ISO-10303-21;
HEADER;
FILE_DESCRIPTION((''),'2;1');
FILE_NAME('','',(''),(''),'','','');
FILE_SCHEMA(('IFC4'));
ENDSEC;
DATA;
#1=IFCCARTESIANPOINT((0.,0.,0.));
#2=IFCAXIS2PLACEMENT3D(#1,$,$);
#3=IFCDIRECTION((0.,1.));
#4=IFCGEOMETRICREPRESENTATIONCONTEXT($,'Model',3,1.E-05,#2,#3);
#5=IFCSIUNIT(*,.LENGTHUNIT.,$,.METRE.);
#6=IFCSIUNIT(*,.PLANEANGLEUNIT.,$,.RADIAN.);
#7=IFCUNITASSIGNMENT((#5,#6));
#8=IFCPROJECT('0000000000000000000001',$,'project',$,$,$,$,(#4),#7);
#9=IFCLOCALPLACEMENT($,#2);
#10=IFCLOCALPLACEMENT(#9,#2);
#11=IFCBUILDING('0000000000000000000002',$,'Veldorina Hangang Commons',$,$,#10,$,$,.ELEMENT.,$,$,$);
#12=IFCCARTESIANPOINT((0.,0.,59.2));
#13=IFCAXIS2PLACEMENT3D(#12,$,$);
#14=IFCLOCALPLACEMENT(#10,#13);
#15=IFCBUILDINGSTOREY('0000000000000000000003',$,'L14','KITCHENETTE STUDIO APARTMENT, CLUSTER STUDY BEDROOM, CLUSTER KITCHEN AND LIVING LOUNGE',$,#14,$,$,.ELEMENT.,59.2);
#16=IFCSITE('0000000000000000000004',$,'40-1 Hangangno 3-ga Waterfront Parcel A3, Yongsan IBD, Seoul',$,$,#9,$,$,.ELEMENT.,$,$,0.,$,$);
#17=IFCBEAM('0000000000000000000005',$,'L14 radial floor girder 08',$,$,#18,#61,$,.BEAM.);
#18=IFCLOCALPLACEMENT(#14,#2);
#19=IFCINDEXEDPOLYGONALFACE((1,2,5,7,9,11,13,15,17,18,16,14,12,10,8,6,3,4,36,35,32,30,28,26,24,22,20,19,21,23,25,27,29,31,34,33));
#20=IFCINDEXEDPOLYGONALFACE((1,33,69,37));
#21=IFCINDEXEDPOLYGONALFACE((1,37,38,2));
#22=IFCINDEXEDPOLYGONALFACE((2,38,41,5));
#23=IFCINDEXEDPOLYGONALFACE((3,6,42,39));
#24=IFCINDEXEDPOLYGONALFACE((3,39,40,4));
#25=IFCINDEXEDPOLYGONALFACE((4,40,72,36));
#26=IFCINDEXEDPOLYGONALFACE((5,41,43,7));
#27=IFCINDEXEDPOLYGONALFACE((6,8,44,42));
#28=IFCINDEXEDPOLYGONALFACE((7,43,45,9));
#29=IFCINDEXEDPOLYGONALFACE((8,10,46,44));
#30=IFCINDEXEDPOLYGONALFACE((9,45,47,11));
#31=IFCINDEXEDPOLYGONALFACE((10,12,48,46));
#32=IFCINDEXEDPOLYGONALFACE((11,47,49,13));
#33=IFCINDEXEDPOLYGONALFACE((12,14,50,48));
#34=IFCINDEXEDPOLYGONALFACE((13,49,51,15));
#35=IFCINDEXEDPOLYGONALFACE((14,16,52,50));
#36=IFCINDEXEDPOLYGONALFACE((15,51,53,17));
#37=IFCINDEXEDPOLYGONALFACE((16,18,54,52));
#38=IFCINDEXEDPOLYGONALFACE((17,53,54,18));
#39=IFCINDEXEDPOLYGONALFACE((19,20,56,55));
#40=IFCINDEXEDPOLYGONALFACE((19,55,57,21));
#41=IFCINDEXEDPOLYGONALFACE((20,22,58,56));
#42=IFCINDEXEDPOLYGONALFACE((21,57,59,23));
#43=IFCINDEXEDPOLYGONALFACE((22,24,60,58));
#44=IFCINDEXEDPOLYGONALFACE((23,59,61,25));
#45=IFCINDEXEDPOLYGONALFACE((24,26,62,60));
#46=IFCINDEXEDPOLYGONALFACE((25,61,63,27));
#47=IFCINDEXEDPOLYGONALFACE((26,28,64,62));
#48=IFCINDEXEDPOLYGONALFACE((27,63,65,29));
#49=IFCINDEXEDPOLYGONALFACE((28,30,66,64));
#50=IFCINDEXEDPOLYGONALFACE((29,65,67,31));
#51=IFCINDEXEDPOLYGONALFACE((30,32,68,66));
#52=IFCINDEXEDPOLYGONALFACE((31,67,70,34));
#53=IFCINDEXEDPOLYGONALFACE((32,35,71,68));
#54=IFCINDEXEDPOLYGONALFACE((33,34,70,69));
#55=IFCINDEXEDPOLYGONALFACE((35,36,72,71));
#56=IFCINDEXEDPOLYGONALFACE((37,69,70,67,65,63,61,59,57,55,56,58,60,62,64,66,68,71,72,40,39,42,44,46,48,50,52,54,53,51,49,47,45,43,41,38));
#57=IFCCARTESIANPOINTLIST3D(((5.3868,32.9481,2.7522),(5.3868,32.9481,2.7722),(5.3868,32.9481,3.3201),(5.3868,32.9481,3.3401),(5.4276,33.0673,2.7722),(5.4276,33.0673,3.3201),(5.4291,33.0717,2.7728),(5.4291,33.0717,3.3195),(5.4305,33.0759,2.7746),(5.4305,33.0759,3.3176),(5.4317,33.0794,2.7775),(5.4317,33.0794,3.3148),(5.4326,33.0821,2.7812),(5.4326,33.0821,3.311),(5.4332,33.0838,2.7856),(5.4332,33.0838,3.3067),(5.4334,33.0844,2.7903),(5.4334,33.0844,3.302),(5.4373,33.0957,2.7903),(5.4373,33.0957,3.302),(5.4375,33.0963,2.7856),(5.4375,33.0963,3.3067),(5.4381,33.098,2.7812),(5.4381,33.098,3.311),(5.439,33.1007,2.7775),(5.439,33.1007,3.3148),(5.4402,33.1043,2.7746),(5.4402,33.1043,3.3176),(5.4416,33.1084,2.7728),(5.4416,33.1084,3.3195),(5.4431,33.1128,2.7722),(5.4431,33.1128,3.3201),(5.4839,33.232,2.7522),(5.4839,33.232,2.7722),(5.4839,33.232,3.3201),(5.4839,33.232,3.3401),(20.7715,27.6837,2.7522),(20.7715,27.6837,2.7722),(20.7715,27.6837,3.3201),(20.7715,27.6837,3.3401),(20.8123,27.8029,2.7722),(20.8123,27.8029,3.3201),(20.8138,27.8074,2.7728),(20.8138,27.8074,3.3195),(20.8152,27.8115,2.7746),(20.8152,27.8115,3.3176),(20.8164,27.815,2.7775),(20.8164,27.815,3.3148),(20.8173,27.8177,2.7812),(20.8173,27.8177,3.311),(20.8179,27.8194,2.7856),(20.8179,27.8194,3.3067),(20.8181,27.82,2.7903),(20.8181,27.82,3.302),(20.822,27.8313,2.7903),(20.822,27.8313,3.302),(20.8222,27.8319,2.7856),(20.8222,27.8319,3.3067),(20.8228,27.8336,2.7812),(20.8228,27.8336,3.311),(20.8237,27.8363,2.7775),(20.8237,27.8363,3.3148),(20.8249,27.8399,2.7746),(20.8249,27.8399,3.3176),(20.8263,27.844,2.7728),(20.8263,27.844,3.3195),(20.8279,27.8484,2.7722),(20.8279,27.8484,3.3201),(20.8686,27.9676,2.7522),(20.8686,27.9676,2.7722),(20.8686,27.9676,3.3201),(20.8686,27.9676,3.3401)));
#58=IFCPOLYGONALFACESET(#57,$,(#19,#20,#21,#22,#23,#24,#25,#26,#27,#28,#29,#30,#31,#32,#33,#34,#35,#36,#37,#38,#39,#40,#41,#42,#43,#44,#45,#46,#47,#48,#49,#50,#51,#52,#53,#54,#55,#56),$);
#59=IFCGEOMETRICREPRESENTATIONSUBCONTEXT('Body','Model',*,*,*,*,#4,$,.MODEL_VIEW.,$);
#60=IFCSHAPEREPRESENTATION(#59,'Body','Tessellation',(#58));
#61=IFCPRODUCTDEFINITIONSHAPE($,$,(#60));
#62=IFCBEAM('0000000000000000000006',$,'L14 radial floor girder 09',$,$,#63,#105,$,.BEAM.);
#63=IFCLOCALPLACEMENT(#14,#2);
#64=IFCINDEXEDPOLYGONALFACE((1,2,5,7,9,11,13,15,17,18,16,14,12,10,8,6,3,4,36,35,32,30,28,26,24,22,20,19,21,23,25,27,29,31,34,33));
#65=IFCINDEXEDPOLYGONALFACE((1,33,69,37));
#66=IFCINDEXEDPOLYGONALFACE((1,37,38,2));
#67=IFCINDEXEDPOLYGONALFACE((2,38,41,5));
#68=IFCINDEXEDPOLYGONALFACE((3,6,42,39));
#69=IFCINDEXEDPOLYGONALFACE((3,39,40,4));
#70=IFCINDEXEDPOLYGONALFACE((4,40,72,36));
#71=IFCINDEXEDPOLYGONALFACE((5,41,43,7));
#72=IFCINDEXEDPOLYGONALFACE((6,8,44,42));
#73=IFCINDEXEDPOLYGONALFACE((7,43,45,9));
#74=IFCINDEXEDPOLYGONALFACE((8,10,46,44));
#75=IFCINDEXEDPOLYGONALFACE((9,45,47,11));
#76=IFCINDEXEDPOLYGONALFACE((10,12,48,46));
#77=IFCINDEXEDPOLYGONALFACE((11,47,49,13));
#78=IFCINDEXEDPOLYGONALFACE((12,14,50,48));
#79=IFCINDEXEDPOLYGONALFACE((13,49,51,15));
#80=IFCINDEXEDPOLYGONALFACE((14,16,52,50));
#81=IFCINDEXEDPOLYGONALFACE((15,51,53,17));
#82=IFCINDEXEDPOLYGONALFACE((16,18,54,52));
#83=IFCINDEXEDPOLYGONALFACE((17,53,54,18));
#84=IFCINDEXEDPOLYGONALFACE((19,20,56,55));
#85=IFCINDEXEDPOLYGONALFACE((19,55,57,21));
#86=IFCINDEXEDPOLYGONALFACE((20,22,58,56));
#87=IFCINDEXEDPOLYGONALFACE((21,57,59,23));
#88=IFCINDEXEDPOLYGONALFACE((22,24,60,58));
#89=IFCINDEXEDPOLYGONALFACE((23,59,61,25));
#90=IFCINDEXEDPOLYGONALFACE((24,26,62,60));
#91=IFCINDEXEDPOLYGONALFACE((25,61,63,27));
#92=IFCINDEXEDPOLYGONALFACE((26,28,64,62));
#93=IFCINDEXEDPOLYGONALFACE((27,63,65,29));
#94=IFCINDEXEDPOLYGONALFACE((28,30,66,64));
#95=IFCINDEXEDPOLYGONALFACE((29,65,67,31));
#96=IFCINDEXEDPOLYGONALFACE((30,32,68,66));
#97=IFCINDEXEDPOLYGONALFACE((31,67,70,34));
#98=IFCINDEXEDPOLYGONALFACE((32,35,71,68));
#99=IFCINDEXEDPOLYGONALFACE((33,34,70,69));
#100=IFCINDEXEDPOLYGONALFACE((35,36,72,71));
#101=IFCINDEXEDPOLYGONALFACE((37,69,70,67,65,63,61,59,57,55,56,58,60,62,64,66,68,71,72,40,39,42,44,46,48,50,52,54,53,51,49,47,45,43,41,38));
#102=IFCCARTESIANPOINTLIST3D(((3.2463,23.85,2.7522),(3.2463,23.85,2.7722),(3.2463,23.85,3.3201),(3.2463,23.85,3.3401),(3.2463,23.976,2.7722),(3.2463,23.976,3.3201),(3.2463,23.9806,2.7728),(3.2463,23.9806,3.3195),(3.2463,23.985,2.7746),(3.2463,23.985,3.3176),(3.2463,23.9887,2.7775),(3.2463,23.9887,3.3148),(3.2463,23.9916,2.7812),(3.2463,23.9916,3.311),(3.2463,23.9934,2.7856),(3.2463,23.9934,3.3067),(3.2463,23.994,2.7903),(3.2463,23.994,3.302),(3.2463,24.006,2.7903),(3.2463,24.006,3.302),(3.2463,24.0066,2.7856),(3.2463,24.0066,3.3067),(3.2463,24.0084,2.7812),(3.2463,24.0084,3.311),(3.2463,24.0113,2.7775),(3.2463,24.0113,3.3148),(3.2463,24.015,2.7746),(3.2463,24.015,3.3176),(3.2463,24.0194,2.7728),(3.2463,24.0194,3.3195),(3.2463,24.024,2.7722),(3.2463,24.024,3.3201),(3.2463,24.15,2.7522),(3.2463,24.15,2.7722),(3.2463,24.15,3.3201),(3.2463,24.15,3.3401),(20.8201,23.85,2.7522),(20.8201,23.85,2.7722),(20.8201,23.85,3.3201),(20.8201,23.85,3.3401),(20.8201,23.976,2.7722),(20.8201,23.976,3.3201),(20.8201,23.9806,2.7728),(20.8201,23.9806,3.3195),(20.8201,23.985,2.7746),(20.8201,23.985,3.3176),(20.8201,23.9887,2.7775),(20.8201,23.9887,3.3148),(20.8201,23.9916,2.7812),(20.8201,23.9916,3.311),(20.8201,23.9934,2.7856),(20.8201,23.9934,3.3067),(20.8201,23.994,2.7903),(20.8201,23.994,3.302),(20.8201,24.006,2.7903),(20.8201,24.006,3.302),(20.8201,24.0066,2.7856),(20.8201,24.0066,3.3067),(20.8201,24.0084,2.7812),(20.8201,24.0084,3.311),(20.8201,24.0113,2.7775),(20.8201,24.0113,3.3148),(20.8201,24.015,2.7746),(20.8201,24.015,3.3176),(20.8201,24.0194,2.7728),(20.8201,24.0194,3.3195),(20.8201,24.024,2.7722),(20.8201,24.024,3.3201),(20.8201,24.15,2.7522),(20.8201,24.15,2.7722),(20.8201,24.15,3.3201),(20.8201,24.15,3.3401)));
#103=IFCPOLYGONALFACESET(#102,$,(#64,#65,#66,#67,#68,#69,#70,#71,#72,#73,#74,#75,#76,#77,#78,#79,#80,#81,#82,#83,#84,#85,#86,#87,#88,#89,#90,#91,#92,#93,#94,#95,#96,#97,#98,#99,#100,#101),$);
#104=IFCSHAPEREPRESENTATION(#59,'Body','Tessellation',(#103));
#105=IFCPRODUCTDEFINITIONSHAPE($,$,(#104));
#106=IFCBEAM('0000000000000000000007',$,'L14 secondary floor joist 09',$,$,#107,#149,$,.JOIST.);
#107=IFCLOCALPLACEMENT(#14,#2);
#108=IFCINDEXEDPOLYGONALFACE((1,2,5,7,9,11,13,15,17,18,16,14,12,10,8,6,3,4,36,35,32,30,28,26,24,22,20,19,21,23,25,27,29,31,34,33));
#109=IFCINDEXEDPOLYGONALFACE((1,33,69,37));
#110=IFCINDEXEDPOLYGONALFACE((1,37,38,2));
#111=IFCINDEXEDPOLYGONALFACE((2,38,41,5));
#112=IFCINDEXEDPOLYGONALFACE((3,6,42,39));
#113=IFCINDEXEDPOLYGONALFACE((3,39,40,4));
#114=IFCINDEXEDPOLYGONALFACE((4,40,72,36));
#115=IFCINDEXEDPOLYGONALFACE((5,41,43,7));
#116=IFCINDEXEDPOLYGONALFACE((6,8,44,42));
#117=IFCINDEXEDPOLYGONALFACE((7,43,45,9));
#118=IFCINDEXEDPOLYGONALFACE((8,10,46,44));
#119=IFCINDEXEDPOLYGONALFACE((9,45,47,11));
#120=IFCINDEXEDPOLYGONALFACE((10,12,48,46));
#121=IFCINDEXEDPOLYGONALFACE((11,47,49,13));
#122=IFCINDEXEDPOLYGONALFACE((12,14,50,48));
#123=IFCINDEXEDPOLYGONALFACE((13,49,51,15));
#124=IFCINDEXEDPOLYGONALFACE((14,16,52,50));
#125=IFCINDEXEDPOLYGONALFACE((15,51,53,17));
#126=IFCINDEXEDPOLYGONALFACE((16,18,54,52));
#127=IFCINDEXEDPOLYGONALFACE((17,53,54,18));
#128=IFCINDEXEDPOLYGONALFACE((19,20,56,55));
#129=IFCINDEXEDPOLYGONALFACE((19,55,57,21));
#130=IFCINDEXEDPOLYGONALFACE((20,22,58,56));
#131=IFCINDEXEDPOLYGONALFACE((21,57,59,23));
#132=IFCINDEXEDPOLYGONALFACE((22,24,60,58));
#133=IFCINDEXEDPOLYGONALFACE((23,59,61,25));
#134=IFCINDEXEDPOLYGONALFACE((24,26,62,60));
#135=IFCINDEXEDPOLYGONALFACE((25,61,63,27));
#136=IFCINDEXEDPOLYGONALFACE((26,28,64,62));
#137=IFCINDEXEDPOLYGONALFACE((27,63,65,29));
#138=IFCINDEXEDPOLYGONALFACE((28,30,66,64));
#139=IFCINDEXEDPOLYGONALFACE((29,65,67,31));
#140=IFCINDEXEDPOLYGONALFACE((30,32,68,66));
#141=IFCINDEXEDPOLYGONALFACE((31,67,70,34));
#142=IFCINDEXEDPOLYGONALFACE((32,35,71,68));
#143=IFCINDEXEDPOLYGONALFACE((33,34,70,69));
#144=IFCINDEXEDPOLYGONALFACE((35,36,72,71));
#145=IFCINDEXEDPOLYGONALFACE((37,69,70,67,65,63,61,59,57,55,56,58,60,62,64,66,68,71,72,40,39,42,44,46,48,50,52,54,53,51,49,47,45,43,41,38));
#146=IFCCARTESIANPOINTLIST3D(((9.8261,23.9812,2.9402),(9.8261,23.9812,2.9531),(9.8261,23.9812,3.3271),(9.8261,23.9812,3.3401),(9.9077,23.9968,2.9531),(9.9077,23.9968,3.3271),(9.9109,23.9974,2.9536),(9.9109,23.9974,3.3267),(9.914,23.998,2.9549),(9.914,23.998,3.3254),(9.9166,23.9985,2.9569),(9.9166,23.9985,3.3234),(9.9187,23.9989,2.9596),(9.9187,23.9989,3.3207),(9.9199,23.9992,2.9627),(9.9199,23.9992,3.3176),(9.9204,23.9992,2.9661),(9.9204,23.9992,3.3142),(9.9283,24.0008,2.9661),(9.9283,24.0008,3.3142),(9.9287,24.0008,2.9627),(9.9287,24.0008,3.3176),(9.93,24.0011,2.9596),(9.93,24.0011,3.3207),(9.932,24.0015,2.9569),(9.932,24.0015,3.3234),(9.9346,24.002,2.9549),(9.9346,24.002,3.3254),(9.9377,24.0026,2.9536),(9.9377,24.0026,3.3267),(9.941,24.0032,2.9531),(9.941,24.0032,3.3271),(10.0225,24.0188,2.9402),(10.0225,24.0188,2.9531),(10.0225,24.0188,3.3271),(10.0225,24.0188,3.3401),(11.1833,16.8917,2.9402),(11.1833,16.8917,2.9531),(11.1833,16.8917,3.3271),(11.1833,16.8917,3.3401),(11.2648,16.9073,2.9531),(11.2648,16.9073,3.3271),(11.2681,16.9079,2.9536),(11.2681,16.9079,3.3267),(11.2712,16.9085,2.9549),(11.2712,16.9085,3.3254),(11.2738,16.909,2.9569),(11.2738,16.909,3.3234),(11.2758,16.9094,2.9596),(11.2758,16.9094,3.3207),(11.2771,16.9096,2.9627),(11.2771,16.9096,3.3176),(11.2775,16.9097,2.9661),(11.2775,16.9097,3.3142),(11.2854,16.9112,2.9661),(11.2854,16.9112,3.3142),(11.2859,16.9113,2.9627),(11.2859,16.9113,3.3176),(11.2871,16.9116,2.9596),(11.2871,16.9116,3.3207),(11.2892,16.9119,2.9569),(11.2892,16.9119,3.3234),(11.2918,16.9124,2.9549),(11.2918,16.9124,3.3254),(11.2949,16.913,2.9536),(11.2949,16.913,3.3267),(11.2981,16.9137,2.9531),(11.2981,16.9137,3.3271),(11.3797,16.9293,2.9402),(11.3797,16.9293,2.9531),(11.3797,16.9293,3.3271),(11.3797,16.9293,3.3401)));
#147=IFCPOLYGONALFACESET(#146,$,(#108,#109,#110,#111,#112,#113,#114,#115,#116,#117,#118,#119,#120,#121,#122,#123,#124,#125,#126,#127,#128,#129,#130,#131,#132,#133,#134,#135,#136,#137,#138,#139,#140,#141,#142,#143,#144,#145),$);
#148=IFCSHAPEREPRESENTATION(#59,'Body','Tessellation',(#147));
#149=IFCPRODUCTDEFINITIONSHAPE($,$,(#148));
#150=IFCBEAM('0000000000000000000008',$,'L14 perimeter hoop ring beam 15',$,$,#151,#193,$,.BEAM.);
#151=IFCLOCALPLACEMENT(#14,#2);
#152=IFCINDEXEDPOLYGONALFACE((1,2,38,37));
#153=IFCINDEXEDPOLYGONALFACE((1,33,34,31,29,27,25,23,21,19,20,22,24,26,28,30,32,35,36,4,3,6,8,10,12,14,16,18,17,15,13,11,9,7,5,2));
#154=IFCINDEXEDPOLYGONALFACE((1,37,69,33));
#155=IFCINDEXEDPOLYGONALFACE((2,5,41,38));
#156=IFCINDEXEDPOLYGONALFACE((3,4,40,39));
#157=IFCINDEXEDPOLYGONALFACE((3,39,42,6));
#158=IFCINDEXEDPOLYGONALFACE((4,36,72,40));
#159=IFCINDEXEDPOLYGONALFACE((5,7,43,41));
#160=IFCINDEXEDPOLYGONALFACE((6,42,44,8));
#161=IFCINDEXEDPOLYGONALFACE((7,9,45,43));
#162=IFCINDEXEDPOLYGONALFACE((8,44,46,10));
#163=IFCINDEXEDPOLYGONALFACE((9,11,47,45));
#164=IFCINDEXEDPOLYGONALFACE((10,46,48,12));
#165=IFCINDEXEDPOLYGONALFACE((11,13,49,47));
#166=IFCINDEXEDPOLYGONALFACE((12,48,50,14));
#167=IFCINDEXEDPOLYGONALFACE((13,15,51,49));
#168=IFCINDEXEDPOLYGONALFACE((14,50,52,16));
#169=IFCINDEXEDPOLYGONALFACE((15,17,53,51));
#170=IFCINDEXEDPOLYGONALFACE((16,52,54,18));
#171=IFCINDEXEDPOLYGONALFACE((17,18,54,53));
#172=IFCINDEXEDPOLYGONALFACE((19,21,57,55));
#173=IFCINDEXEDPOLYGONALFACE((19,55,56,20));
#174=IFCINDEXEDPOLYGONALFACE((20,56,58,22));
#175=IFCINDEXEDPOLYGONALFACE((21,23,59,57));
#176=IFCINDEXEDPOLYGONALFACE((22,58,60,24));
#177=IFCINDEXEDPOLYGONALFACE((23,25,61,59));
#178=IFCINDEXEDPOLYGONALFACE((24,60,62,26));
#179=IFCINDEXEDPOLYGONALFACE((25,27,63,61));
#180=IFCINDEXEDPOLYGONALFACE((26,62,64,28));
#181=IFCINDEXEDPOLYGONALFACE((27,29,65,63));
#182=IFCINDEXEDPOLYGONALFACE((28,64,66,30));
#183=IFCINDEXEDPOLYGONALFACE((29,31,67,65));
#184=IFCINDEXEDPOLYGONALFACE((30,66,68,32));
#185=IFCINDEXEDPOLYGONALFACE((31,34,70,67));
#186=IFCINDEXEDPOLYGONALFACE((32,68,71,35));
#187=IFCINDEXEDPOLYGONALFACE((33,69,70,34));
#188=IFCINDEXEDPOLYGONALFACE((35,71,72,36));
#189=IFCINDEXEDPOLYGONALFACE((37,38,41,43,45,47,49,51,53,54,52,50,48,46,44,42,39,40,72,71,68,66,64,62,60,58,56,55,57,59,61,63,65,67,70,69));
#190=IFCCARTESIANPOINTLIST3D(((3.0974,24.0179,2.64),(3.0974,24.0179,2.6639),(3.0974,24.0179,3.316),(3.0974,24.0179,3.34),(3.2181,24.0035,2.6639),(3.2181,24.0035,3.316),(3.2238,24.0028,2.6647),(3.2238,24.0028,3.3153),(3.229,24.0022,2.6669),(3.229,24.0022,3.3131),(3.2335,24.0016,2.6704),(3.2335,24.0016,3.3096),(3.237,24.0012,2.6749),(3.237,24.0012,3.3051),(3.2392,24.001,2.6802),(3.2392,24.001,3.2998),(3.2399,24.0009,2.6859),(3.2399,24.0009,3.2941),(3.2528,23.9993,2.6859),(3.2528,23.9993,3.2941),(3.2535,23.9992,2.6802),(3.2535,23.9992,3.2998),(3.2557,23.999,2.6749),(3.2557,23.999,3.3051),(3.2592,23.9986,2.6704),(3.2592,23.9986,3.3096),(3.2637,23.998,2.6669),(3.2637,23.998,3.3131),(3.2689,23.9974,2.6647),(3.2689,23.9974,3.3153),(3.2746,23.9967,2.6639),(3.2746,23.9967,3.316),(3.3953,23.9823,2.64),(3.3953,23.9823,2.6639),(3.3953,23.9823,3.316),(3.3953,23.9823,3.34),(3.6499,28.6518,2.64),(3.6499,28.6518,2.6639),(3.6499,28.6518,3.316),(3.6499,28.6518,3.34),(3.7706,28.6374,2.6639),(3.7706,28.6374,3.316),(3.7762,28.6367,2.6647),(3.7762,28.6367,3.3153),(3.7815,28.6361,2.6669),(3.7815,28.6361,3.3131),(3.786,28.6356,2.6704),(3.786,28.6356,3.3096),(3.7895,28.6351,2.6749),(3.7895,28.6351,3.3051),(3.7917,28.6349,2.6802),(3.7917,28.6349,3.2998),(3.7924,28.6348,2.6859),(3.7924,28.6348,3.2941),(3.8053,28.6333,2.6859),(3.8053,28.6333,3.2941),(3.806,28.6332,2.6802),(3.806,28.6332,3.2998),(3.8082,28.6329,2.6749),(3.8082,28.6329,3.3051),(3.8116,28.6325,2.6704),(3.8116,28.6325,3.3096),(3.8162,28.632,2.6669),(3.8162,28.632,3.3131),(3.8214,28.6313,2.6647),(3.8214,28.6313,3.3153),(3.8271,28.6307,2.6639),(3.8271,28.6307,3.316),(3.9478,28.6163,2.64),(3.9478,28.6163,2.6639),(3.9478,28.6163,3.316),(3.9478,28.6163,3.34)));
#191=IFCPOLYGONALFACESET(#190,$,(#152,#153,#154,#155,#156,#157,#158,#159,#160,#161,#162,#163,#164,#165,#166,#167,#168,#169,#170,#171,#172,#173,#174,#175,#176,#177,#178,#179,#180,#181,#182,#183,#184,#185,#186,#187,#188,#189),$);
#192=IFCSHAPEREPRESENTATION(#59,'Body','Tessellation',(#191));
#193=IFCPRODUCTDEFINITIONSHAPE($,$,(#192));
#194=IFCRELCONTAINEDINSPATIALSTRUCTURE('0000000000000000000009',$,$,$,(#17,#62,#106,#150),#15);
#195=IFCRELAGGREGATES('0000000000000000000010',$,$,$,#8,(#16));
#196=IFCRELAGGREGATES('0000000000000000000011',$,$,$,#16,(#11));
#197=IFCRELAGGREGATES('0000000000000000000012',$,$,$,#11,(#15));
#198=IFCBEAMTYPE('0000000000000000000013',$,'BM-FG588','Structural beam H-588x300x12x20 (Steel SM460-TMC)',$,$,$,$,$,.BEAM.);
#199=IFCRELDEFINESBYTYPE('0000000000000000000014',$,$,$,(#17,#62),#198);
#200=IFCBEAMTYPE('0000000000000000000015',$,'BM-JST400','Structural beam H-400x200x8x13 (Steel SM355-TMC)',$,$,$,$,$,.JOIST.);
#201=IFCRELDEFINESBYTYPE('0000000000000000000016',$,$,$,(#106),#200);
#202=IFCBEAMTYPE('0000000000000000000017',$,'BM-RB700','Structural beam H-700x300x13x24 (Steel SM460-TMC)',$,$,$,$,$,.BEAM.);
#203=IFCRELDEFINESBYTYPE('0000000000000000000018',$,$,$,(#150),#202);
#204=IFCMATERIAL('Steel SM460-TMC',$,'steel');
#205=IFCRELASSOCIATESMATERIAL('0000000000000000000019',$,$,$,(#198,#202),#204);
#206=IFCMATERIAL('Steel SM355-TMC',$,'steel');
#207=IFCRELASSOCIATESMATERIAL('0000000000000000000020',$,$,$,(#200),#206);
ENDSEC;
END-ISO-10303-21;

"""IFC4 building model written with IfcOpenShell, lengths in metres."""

from ifc_helpers import new_model, si_unit, direction, frame, origin, origin_2d, place, context, subcontext, project, spatial, i_section, extrude, material, material_profile, profile_set, type_object, element, save


model = new_model("IFC4")

# Units and contexts
model_context = context("Model", 3, precision=1e-05, world=origin(), true_north=direction((0.0, 1.0)))
body_context = subcontext(model_context, "Body", "Model", "MODEL_VIEW")
ifc_project = project(units=[si_unit("LENGTHUNIT", "METRE"), si_unit("PLANEANGLEUNIT", "RADIAN")], contexts=[model_context])

# Site, building, storey
site_placement = place(None, origin())
site = spatial("IfcSite", under=ifc_project, at=site_placement, Name="40-1 Hangangno 3-ga Waterfront Parcel A3, Yongsan IBD, Seoul", CompositionType="ELEMENT", RefElevation=0.0)
building_placement = place(site_placement, origin())
building = spatial("IfcBuilding", under=site, at=building_placement, Name="Veldorina Hangang Commons", CompositionType="ELEMENT")
storey_placement = place(building_placement, frame((0.0, 0.0, 59.2)))
storey = spatial("IfcBuildingStorey", under=building, at=storey_placement, Name="L14", Description="KITCHENETTE STUDIO APARTMENT, CLUSTER STUDY BEDROOM, CLUSTER KITCHEN AND LIVING LOUNGE", CompositionType="ELEMENT", Elevation=59.2)

# Beams
ifc_material_1 = material(Name="Steel SM460-TMC", Category="steel")
ifc_material_profile_1 = material_profile(ifc_material_1, i_section(OverallWidth=0.3, OverallDepth=0.5879, WebThickness=0.012, FlangeThickness=0.02, FilletRadius=0.0181, at=origin_2d()), Name="H-588x300x12x20")
ifc_profile_set_1 = profile_set([ifc_material_profile_1], Name="Steel SM460-TMC")
beam_type_1 = type_object("IfcBeamType", Name="BM-FG588", Description="Structural beam H-588x300x12x20 (Steel SM460-TMC)", PredefinedType="BEAM", material=ifc_profile_set_1)
beam_1_placement = place(storey_placement, frame((20.8201, 27.8257, 3.0461), z_axis=(-0.946141, 0.323753, 0.0), x_axis=(-0.323753, -0.946141, 0.0)))
element("IfcBeam", 1, at=beam_1_placement, inside=storey, type_object=beam_type_1, Name="L14 radial floor girder 08", PredefinedType="BEAM", context=body_context, shape_type="SweptSolid", body=[
    extrude(i_section(OverallWidth=0.3, OverallDepth=0.5879, WebThickness=0.012, FlangeThickness=0.02, FilletRadius=0.0181, at=origin_2d()), origin(), (0.0, 0.0, 1.0), 16.2605),
])
beam_2_placement = place(storey_placement, frame((20.8201, 24.0, 3.0461), z_axis=(-1.0, 0.0, 0.0), x_axis=(0.0, -1.0, 0.0)))
element("IfcBeam", 2, at=beam_2_placement, inside=storey, type_object=beam_type_1, Name="L14 radial floor girder 09", PredefinedType="BEAM", context=body_context, shape_type="SweptSolid", body=[
    extrude(i_section(OverallWidth=0.3, OverallDepth=0.5879, WebThickness=0.012, FlangeThickness=0.02, FilletRadius=0.0181, at=origin_2d()), origin(), (0.0, 0.0, 1.0), 17.5737),
])
ifc_material_2 = material(Name="Steel SM355-TMC", Category="steel")
ifc_material_profile_2 = material_profile(ifc_material_2, i_section(OverallWidth=0.2, OverallDepth=0.3999, WebThickness=0.0081, FlangeThickness=0.0129, FilletRadius=0.0129, at=origin_2d()), Name="H-400x200x8x13")
ifc_profile_set_2 = profile_set([ifc_material_profile_2], Name="Steel SM355-TMC")
beam_type_2 = type_object("IfcBeamType", Name="BM-JST400", Description="Structural beam H-400x200x8x13 (Steel SM355-TMC)", PredefinedType="JOIST", material=ifc_profile_set_2)
beam_3_placement = place(storey_placement, frame((9.9243, 24.0, 3.1401), z_axis=(0.188018, -0.982166, 0.0), x_axis=(0.982166, 0.188018, 0.0)))
element("IfcBeam", 3, at=beam_3_placement, inside=storey, type_object=beam_type_2, Name="L14 secondary floor joist 09", PredefinedType="JOIST", context=body_context, shape_type="SweptSolid", body=[
    extrude(i_section(OverallWidth=0.2, OverallDepth=0.3999, WebThickness=0.0081, FlangeThickness=0.0129, FilletRadius=0.0129, at=origin_2d()), origin(), (0.0, 0.0, 1.0), 7.2183),
])
ifc_material_profile_3 = material_profile(ifc_material_1, i_section(OverallWidth=0.3, OverallDepth=0.7, WebThickness=0.0129, FlangeThickness=0.0239, FilletRadius=0.022, at=origin_2d()), Name="H-700x300x13x24")
ifc_profile_set_3 = profile_set([ifc_material_profile_3], Name="Steel SM460-TMC")
beam_type_3 = type_object("IfcBeamType", Name="BM-RB700", Description="Structural beam H-700x300x13x24 (Steel SM460-TMC)", PredefinedType="BEAM", material=ifc_profile_set_3)
for number, where, z_axis, x_axis, name in (
    (4, (3.7988, 28.634, 2.99), (-0.118386, -0.992968, 0.0), (0.992968, -0.118386, 0.0), "L14 perimeter hoop ring beam 15"),
):
    element("IfcBeam", number, at=place(storey_placement, frame(where, z_axis=z_axis, x_axis=x_axis)), inside=storey, type_object=beam_type_3, Name=name, PredefinedType="BEAM", context=body_context, shape_type="SweptSolid", body=[
        extrude(i_section(OverallWidth=0.3, OverallDepth=0.7, WebThickness=0.0129, FlangeThickness=0.0239, FilletRadius=0.022, at=origin_2d()), origin(), (0.0, 0.0, 1.0), 4.6667),
    ])

save(model, "model.ifc")
